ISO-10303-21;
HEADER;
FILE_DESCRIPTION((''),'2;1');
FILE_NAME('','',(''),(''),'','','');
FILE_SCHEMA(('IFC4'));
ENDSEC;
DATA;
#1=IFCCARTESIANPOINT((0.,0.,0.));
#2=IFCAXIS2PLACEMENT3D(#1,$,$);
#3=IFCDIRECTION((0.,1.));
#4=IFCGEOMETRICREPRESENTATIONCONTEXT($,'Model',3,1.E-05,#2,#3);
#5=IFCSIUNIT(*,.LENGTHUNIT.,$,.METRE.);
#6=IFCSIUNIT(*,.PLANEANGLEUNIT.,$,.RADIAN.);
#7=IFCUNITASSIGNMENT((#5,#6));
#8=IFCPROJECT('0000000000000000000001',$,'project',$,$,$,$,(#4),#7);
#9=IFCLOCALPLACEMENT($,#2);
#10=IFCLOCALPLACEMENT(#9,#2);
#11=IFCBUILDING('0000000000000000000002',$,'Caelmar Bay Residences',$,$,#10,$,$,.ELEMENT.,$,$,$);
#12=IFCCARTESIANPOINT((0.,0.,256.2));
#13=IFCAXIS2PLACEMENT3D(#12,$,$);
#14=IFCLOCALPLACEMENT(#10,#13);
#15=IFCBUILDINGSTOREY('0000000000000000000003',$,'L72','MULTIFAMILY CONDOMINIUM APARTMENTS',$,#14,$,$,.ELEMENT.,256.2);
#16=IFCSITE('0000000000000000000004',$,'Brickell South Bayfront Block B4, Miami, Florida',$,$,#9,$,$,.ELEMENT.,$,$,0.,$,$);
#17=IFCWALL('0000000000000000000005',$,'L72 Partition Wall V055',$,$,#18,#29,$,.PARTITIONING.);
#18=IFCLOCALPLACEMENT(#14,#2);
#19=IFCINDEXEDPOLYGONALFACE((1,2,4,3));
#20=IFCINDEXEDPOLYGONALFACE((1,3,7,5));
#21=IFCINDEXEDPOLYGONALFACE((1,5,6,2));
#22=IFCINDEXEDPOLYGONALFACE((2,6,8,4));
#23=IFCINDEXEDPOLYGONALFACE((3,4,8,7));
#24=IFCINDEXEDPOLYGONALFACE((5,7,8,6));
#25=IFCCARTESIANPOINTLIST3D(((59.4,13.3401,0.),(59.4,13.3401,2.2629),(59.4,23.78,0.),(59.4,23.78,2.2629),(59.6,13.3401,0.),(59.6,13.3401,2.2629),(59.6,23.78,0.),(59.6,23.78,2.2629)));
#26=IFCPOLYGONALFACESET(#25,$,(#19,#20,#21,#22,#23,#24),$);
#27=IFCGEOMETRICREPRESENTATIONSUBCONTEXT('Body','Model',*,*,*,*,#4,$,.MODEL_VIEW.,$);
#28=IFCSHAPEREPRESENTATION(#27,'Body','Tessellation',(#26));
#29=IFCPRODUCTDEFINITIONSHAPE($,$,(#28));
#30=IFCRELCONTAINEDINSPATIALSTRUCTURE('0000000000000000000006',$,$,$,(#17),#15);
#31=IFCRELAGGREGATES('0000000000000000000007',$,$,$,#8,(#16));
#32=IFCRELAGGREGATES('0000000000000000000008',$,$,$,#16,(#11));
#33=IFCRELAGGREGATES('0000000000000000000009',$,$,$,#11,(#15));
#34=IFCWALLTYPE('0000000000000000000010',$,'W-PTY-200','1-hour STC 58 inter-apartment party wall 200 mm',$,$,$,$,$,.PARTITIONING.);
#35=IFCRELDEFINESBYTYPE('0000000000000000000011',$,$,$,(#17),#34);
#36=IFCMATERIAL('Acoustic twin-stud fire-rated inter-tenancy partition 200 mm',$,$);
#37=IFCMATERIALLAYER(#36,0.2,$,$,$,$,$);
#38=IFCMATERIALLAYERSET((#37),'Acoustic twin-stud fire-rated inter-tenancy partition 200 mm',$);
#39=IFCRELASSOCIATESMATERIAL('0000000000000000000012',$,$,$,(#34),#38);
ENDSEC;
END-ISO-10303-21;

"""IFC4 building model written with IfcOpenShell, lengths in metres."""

from ifc_helpers import new_model, si_unit, direction, frame, frame_2d, origin, place, context, subcontext, project, spatial, rectangle, extrude, material, layer, layer_set, type_object, element, save


model = new_model("IFC4")

# Units and contexts
model_context = context("Model", 3, precision=1e-05, world=origin(), true_north=direction((0.0, 1.0)))
body_context = subcontext(model_context, "Body", "Model", "MODEL_VIEW")
ifc_project = project(units=[si_unit("LENGTHUNIT", "METRE"), si_unit("PLANEANGLEUNIT", "RADIAN")], contexts=[model_context])

# Site, building, storey
site_placement = place(None, origin())
site = spatial("IfcSite", under=ifc_project, at=site_placement, Name="Brickell South Bayfront Block B4, Miami, Florida", CompositionType="ELEMENT", RefElevation=0.0)
building_placement = place(site_placement, origin())
building = spatial("IfcBuilding", under=site, at=building_placement, Name="Caelmar Bay Residences", CompositionType="ELEMENT")
storey_placement = place(building_placement, frame((0.0, 0.0, 256.2)))
storey = spatial("IfcBuildingStorey", under=building, at=storey_placement, Name="L72", Description="MULTIFAMILY CONDOMINIUM APARTMENTS", CompositionType="ELEMENT", Elevation=256.2)

# Wall
ifc_material_1 = material(Name="Acoustic twin-stud fire-rated inter-tenancy partition 200 mm")
ifc_layer_1 = layer(ifc_material_1, 0.2)
ifc_layer_set_1 = layer_set([ifc_layer_1], Name="Acoustic twin-stud fire-rated inter-tenancy partition 200 mm")
wall_type_1 = type_object("IfcWallType", Name="W-PTY-200", Description="1-hour STC 58 inter-apartment party wall 200 mm", PredefinedType="PARTITIONING", material=ifc_layer_set_1)
wall_1_placement = place(storey_placement, frame((59.5, 13.3401, 0.0), z_axis=(0.0, 0.0, 1.0), x_axis=(0.0, 1.0, 0.0)))
element("IfcWall", 1, at=wall_1_placement, inside=storey, type_object=wall_type_1, Name="L72 Partition Wall V055", PredefinedType="PARTITIONING", context=body_context, shape_type="SweptSolid", body=[
    extrude(rectangle(XDim=10.4399, YDim=0.2, at=frame_2d((5.22, 0.0))), origin(), (0.0, 0.0, 1.0), 2.2629),
])

save(model, "model.ifc")
